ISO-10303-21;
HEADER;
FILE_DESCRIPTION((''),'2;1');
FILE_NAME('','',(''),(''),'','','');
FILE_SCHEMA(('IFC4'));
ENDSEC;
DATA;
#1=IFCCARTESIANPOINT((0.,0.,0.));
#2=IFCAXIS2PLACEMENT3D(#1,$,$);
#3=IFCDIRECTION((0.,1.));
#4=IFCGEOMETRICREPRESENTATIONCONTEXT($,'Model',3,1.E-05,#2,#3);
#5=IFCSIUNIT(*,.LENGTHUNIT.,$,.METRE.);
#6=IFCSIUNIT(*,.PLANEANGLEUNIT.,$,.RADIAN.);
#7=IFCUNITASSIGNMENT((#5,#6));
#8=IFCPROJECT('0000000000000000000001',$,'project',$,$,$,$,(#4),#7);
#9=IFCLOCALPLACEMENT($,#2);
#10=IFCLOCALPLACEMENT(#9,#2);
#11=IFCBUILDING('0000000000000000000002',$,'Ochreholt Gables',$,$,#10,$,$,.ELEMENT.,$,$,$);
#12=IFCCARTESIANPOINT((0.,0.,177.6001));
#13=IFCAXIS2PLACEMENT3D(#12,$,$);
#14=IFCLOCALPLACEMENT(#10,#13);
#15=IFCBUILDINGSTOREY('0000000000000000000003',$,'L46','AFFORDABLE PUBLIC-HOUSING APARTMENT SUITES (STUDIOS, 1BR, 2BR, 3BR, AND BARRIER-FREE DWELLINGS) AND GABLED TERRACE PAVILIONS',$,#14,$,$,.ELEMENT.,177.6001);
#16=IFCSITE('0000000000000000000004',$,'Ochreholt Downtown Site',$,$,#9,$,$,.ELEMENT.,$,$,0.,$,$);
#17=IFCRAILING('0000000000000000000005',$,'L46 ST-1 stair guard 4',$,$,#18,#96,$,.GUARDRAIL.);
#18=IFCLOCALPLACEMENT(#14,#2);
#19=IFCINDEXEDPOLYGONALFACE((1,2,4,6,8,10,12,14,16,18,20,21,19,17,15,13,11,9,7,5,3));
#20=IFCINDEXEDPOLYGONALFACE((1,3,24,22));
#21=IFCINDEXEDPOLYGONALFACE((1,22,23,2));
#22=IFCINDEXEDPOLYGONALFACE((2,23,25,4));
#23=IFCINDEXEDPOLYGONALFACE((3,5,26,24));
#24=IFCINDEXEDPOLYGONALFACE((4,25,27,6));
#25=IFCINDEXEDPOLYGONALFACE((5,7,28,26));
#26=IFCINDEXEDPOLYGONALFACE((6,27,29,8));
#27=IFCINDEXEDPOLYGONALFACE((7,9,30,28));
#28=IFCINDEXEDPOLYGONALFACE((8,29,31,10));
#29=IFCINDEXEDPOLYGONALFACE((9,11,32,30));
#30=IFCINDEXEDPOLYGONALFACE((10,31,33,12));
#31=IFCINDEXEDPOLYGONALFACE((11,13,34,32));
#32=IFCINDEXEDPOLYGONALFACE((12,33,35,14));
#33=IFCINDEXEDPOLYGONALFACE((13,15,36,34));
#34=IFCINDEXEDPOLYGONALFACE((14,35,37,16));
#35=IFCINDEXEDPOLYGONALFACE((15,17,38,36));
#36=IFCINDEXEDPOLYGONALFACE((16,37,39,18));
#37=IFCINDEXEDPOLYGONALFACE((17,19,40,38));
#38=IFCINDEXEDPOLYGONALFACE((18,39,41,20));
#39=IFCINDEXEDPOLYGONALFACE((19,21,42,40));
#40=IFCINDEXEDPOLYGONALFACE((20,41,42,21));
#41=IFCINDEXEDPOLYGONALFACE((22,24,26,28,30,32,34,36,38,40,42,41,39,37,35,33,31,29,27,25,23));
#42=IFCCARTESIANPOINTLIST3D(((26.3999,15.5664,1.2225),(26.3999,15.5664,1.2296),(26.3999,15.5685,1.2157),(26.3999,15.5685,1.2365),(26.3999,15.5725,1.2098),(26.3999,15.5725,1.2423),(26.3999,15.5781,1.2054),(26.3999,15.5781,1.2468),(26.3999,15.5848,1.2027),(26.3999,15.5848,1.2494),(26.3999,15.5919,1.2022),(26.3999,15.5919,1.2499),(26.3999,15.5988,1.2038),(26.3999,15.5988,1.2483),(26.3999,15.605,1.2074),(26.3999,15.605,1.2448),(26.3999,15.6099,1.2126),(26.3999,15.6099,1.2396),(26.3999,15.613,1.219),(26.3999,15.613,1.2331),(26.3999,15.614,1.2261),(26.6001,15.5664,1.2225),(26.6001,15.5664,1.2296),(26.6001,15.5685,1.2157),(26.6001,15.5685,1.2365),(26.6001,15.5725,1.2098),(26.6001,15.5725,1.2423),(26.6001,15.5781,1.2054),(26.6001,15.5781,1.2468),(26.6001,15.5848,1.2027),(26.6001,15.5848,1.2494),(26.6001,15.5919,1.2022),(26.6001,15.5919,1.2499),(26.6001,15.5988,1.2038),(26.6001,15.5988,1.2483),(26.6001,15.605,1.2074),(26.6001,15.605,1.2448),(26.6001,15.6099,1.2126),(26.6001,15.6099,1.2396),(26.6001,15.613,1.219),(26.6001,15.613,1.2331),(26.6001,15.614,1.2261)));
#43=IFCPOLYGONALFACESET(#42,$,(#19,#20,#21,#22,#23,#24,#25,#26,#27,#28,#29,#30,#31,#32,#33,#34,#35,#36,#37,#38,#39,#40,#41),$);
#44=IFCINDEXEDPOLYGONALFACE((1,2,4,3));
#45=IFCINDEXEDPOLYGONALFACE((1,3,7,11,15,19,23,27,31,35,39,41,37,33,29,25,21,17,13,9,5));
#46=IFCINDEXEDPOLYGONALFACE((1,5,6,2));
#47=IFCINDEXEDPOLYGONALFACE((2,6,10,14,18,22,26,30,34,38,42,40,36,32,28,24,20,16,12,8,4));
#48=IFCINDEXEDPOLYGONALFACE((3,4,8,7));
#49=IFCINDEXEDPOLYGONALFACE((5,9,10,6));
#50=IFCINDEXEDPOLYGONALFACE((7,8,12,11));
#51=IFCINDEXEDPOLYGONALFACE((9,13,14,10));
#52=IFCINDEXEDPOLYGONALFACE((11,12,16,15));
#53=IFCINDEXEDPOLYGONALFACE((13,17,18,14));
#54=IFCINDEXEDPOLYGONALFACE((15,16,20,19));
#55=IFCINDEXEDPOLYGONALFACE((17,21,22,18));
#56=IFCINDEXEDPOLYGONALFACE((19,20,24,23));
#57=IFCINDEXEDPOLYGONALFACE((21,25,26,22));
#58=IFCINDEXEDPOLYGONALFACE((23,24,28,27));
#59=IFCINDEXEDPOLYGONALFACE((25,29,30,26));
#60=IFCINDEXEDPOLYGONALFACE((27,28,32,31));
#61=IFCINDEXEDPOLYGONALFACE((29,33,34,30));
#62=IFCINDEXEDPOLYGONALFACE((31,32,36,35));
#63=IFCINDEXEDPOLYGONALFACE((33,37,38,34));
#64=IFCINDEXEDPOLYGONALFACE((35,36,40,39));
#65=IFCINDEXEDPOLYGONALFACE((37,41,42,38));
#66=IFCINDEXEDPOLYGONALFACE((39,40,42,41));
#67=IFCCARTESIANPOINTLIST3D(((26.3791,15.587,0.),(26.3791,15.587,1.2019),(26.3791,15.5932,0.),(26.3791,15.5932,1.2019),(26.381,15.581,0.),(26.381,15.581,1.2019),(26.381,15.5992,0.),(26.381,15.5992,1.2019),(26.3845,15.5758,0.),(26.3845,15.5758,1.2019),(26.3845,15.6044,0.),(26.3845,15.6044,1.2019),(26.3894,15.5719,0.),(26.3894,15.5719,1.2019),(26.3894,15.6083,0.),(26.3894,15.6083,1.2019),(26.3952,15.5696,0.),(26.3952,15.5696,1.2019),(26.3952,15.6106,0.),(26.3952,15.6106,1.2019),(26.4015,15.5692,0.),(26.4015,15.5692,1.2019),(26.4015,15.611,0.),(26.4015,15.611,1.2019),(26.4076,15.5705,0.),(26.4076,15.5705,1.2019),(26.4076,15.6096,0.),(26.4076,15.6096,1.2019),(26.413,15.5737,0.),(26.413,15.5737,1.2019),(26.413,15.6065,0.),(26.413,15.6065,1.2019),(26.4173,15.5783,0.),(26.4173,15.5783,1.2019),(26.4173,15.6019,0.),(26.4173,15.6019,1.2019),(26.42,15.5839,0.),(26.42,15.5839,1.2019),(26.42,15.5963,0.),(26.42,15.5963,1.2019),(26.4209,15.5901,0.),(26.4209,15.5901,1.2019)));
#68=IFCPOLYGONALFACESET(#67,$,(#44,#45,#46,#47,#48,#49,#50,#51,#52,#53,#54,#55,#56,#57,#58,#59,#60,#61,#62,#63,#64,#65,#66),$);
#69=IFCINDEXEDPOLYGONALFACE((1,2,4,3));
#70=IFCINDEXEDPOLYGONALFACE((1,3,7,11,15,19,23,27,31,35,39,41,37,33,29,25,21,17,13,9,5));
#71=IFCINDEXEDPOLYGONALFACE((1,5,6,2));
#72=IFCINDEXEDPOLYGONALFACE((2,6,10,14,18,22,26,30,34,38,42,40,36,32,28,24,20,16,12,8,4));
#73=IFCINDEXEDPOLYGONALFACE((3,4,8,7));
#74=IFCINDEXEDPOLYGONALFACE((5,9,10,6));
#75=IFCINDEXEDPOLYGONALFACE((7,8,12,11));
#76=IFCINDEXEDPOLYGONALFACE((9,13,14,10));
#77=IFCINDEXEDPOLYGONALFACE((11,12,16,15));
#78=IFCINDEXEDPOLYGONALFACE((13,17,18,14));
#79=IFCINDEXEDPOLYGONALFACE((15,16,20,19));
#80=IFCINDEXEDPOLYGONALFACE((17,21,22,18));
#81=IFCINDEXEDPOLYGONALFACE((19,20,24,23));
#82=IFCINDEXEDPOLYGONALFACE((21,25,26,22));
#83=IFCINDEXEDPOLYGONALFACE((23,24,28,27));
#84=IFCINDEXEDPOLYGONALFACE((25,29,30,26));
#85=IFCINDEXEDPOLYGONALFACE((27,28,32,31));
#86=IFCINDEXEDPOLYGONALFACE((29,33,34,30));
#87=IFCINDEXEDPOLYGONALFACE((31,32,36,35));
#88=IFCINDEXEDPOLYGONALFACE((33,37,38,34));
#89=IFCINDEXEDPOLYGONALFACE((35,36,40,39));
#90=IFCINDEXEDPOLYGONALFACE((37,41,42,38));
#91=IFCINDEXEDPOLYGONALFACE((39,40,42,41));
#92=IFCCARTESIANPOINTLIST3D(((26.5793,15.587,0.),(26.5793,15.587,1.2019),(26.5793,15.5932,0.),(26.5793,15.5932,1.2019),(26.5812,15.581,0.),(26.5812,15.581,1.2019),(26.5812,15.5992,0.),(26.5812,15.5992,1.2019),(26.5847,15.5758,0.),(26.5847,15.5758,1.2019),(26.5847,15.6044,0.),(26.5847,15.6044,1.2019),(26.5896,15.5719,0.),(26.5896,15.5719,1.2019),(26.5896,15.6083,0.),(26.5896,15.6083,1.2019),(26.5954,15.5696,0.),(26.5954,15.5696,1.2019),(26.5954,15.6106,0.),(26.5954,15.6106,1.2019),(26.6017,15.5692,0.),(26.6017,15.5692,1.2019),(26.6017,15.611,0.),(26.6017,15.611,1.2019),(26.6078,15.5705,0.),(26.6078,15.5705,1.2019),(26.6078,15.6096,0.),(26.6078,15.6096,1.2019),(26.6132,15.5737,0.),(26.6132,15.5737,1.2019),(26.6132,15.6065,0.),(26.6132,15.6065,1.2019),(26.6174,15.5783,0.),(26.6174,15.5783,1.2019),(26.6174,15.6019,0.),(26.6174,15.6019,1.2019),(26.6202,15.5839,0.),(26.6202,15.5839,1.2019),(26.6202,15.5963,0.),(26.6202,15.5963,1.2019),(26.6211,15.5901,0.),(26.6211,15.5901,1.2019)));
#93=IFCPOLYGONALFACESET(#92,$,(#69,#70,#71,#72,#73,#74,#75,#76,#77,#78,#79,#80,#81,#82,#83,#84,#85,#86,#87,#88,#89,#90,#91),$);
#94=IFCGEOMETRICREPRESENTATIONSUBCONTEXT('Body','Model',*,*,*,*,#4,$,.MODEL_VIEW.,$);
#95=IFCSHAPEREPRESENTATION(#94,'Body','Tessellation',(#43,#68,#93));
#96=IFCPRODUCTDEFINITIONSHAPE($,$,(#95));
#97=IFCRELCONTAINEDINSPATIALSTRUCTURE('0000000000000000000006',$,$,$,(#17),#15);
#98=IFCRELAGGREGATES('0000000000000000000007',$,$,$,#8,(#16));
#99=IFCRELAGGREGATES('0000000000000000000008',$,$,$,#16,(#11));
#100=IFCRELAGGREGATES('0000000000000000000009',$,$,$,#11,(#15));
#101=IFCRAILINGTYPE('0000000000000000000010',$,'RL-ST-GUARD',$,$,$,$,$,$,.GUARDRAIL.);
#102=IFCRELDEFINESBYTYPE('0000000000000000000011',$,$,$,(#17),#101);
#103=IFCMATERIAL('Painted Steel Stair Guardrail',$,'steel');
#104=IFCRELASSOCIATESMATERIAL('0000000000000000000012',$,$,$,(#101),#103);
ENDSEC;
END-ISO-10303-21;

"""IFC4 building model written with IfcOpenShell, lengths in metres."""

from ifc_helpers import new_model, si_unit, direction, frame, origin, origin_2d, place, context, subcontext, project, spatial, circle, extrude, material, type_object, element, save


model = new_model("IFC4")

# Units and contexts
model_context = context("Model", 3, precision=1e-05, world=origin(), true_north=direction((0.0, 1.0)))
body_context = subcontext(model_context, "Body", "Model", "MODEL_VIEW")
ifc_project = project(units=[si_unit("LENGTHUNIT", "METRE"), si_unit("PLANEANGLEUNIT", "RADIAN")], contexts=[model_context])

# Site, building, storey
site_placement = place(None, origin())
site = spatial("IfcSite", under=ifc_project, at=site_placement, Name="Ochreholt Downtown Site", CompositionType="ELEMENT", RefElevation=0.0)
building_placement = place(site_placement, origin())
building = spatial("IfcBuilding", under=site, at=building_placement, Name="Ochreholt Gables", CompositionType="ELEMENT")
storey_placement = place(building_placement, frame((0.0, 0.0, 177.6001)))
storey = spatial("IfcBuildingStorey", under=building, at=storey_placement, Name="L46", Description="AFFORDABLE PUBLIC-HOUSING APARTMENT SUITES (STUDIOS, 1BR, 2BR, 3BR, AND BARRIER-FREE DWELLINGS) AND GABLED TERRACE PAVILIONS", CompositionType="ELEMENT", Elevation=177.6001)

# Railing
ifc_material_1 = material(Name="Painted Steel Stair Guardrail", Category="steel")
railing_type_1 = type_object("IfcRailingType", Name="RL-ST-GUARD", PredefinedType="GUARDRAIL", material=ifc_material_1)
railing_1_placement = place(storey_placement, frame((26.3999, 15.5901, 0.0)))
element("IfcRailing", 1, at=railing_1_placement, inside=storey, type_object=railing_type_1, Name="L46 ST-1 stair guard 4", PredefinedType="GUARDRAIL", context=body_context, shape_type="SweptSolid", body=[
    extrude(circle(Radius=0.0239, at=origin_2d()), frame((0.0, 0.0, 1.2261), z_axis=(1.0, 0.0, 0.0), x_axis=(0.0, 1.0, 0.0)), (0.0, 0.0, 1.0), 0.2002),
    extrude(circle(Radius=0.021, at=origin_2d()), origin(), (0.0, 0.0, 1.0), 1.2019),
    extrude(circle(Radius=0.021, at=origin_2d()), frame((0.2002, 0.0, 0.0)), (0.0, 0.0, 1.0), 1.2019),
])

save(model, "model.ifc")
